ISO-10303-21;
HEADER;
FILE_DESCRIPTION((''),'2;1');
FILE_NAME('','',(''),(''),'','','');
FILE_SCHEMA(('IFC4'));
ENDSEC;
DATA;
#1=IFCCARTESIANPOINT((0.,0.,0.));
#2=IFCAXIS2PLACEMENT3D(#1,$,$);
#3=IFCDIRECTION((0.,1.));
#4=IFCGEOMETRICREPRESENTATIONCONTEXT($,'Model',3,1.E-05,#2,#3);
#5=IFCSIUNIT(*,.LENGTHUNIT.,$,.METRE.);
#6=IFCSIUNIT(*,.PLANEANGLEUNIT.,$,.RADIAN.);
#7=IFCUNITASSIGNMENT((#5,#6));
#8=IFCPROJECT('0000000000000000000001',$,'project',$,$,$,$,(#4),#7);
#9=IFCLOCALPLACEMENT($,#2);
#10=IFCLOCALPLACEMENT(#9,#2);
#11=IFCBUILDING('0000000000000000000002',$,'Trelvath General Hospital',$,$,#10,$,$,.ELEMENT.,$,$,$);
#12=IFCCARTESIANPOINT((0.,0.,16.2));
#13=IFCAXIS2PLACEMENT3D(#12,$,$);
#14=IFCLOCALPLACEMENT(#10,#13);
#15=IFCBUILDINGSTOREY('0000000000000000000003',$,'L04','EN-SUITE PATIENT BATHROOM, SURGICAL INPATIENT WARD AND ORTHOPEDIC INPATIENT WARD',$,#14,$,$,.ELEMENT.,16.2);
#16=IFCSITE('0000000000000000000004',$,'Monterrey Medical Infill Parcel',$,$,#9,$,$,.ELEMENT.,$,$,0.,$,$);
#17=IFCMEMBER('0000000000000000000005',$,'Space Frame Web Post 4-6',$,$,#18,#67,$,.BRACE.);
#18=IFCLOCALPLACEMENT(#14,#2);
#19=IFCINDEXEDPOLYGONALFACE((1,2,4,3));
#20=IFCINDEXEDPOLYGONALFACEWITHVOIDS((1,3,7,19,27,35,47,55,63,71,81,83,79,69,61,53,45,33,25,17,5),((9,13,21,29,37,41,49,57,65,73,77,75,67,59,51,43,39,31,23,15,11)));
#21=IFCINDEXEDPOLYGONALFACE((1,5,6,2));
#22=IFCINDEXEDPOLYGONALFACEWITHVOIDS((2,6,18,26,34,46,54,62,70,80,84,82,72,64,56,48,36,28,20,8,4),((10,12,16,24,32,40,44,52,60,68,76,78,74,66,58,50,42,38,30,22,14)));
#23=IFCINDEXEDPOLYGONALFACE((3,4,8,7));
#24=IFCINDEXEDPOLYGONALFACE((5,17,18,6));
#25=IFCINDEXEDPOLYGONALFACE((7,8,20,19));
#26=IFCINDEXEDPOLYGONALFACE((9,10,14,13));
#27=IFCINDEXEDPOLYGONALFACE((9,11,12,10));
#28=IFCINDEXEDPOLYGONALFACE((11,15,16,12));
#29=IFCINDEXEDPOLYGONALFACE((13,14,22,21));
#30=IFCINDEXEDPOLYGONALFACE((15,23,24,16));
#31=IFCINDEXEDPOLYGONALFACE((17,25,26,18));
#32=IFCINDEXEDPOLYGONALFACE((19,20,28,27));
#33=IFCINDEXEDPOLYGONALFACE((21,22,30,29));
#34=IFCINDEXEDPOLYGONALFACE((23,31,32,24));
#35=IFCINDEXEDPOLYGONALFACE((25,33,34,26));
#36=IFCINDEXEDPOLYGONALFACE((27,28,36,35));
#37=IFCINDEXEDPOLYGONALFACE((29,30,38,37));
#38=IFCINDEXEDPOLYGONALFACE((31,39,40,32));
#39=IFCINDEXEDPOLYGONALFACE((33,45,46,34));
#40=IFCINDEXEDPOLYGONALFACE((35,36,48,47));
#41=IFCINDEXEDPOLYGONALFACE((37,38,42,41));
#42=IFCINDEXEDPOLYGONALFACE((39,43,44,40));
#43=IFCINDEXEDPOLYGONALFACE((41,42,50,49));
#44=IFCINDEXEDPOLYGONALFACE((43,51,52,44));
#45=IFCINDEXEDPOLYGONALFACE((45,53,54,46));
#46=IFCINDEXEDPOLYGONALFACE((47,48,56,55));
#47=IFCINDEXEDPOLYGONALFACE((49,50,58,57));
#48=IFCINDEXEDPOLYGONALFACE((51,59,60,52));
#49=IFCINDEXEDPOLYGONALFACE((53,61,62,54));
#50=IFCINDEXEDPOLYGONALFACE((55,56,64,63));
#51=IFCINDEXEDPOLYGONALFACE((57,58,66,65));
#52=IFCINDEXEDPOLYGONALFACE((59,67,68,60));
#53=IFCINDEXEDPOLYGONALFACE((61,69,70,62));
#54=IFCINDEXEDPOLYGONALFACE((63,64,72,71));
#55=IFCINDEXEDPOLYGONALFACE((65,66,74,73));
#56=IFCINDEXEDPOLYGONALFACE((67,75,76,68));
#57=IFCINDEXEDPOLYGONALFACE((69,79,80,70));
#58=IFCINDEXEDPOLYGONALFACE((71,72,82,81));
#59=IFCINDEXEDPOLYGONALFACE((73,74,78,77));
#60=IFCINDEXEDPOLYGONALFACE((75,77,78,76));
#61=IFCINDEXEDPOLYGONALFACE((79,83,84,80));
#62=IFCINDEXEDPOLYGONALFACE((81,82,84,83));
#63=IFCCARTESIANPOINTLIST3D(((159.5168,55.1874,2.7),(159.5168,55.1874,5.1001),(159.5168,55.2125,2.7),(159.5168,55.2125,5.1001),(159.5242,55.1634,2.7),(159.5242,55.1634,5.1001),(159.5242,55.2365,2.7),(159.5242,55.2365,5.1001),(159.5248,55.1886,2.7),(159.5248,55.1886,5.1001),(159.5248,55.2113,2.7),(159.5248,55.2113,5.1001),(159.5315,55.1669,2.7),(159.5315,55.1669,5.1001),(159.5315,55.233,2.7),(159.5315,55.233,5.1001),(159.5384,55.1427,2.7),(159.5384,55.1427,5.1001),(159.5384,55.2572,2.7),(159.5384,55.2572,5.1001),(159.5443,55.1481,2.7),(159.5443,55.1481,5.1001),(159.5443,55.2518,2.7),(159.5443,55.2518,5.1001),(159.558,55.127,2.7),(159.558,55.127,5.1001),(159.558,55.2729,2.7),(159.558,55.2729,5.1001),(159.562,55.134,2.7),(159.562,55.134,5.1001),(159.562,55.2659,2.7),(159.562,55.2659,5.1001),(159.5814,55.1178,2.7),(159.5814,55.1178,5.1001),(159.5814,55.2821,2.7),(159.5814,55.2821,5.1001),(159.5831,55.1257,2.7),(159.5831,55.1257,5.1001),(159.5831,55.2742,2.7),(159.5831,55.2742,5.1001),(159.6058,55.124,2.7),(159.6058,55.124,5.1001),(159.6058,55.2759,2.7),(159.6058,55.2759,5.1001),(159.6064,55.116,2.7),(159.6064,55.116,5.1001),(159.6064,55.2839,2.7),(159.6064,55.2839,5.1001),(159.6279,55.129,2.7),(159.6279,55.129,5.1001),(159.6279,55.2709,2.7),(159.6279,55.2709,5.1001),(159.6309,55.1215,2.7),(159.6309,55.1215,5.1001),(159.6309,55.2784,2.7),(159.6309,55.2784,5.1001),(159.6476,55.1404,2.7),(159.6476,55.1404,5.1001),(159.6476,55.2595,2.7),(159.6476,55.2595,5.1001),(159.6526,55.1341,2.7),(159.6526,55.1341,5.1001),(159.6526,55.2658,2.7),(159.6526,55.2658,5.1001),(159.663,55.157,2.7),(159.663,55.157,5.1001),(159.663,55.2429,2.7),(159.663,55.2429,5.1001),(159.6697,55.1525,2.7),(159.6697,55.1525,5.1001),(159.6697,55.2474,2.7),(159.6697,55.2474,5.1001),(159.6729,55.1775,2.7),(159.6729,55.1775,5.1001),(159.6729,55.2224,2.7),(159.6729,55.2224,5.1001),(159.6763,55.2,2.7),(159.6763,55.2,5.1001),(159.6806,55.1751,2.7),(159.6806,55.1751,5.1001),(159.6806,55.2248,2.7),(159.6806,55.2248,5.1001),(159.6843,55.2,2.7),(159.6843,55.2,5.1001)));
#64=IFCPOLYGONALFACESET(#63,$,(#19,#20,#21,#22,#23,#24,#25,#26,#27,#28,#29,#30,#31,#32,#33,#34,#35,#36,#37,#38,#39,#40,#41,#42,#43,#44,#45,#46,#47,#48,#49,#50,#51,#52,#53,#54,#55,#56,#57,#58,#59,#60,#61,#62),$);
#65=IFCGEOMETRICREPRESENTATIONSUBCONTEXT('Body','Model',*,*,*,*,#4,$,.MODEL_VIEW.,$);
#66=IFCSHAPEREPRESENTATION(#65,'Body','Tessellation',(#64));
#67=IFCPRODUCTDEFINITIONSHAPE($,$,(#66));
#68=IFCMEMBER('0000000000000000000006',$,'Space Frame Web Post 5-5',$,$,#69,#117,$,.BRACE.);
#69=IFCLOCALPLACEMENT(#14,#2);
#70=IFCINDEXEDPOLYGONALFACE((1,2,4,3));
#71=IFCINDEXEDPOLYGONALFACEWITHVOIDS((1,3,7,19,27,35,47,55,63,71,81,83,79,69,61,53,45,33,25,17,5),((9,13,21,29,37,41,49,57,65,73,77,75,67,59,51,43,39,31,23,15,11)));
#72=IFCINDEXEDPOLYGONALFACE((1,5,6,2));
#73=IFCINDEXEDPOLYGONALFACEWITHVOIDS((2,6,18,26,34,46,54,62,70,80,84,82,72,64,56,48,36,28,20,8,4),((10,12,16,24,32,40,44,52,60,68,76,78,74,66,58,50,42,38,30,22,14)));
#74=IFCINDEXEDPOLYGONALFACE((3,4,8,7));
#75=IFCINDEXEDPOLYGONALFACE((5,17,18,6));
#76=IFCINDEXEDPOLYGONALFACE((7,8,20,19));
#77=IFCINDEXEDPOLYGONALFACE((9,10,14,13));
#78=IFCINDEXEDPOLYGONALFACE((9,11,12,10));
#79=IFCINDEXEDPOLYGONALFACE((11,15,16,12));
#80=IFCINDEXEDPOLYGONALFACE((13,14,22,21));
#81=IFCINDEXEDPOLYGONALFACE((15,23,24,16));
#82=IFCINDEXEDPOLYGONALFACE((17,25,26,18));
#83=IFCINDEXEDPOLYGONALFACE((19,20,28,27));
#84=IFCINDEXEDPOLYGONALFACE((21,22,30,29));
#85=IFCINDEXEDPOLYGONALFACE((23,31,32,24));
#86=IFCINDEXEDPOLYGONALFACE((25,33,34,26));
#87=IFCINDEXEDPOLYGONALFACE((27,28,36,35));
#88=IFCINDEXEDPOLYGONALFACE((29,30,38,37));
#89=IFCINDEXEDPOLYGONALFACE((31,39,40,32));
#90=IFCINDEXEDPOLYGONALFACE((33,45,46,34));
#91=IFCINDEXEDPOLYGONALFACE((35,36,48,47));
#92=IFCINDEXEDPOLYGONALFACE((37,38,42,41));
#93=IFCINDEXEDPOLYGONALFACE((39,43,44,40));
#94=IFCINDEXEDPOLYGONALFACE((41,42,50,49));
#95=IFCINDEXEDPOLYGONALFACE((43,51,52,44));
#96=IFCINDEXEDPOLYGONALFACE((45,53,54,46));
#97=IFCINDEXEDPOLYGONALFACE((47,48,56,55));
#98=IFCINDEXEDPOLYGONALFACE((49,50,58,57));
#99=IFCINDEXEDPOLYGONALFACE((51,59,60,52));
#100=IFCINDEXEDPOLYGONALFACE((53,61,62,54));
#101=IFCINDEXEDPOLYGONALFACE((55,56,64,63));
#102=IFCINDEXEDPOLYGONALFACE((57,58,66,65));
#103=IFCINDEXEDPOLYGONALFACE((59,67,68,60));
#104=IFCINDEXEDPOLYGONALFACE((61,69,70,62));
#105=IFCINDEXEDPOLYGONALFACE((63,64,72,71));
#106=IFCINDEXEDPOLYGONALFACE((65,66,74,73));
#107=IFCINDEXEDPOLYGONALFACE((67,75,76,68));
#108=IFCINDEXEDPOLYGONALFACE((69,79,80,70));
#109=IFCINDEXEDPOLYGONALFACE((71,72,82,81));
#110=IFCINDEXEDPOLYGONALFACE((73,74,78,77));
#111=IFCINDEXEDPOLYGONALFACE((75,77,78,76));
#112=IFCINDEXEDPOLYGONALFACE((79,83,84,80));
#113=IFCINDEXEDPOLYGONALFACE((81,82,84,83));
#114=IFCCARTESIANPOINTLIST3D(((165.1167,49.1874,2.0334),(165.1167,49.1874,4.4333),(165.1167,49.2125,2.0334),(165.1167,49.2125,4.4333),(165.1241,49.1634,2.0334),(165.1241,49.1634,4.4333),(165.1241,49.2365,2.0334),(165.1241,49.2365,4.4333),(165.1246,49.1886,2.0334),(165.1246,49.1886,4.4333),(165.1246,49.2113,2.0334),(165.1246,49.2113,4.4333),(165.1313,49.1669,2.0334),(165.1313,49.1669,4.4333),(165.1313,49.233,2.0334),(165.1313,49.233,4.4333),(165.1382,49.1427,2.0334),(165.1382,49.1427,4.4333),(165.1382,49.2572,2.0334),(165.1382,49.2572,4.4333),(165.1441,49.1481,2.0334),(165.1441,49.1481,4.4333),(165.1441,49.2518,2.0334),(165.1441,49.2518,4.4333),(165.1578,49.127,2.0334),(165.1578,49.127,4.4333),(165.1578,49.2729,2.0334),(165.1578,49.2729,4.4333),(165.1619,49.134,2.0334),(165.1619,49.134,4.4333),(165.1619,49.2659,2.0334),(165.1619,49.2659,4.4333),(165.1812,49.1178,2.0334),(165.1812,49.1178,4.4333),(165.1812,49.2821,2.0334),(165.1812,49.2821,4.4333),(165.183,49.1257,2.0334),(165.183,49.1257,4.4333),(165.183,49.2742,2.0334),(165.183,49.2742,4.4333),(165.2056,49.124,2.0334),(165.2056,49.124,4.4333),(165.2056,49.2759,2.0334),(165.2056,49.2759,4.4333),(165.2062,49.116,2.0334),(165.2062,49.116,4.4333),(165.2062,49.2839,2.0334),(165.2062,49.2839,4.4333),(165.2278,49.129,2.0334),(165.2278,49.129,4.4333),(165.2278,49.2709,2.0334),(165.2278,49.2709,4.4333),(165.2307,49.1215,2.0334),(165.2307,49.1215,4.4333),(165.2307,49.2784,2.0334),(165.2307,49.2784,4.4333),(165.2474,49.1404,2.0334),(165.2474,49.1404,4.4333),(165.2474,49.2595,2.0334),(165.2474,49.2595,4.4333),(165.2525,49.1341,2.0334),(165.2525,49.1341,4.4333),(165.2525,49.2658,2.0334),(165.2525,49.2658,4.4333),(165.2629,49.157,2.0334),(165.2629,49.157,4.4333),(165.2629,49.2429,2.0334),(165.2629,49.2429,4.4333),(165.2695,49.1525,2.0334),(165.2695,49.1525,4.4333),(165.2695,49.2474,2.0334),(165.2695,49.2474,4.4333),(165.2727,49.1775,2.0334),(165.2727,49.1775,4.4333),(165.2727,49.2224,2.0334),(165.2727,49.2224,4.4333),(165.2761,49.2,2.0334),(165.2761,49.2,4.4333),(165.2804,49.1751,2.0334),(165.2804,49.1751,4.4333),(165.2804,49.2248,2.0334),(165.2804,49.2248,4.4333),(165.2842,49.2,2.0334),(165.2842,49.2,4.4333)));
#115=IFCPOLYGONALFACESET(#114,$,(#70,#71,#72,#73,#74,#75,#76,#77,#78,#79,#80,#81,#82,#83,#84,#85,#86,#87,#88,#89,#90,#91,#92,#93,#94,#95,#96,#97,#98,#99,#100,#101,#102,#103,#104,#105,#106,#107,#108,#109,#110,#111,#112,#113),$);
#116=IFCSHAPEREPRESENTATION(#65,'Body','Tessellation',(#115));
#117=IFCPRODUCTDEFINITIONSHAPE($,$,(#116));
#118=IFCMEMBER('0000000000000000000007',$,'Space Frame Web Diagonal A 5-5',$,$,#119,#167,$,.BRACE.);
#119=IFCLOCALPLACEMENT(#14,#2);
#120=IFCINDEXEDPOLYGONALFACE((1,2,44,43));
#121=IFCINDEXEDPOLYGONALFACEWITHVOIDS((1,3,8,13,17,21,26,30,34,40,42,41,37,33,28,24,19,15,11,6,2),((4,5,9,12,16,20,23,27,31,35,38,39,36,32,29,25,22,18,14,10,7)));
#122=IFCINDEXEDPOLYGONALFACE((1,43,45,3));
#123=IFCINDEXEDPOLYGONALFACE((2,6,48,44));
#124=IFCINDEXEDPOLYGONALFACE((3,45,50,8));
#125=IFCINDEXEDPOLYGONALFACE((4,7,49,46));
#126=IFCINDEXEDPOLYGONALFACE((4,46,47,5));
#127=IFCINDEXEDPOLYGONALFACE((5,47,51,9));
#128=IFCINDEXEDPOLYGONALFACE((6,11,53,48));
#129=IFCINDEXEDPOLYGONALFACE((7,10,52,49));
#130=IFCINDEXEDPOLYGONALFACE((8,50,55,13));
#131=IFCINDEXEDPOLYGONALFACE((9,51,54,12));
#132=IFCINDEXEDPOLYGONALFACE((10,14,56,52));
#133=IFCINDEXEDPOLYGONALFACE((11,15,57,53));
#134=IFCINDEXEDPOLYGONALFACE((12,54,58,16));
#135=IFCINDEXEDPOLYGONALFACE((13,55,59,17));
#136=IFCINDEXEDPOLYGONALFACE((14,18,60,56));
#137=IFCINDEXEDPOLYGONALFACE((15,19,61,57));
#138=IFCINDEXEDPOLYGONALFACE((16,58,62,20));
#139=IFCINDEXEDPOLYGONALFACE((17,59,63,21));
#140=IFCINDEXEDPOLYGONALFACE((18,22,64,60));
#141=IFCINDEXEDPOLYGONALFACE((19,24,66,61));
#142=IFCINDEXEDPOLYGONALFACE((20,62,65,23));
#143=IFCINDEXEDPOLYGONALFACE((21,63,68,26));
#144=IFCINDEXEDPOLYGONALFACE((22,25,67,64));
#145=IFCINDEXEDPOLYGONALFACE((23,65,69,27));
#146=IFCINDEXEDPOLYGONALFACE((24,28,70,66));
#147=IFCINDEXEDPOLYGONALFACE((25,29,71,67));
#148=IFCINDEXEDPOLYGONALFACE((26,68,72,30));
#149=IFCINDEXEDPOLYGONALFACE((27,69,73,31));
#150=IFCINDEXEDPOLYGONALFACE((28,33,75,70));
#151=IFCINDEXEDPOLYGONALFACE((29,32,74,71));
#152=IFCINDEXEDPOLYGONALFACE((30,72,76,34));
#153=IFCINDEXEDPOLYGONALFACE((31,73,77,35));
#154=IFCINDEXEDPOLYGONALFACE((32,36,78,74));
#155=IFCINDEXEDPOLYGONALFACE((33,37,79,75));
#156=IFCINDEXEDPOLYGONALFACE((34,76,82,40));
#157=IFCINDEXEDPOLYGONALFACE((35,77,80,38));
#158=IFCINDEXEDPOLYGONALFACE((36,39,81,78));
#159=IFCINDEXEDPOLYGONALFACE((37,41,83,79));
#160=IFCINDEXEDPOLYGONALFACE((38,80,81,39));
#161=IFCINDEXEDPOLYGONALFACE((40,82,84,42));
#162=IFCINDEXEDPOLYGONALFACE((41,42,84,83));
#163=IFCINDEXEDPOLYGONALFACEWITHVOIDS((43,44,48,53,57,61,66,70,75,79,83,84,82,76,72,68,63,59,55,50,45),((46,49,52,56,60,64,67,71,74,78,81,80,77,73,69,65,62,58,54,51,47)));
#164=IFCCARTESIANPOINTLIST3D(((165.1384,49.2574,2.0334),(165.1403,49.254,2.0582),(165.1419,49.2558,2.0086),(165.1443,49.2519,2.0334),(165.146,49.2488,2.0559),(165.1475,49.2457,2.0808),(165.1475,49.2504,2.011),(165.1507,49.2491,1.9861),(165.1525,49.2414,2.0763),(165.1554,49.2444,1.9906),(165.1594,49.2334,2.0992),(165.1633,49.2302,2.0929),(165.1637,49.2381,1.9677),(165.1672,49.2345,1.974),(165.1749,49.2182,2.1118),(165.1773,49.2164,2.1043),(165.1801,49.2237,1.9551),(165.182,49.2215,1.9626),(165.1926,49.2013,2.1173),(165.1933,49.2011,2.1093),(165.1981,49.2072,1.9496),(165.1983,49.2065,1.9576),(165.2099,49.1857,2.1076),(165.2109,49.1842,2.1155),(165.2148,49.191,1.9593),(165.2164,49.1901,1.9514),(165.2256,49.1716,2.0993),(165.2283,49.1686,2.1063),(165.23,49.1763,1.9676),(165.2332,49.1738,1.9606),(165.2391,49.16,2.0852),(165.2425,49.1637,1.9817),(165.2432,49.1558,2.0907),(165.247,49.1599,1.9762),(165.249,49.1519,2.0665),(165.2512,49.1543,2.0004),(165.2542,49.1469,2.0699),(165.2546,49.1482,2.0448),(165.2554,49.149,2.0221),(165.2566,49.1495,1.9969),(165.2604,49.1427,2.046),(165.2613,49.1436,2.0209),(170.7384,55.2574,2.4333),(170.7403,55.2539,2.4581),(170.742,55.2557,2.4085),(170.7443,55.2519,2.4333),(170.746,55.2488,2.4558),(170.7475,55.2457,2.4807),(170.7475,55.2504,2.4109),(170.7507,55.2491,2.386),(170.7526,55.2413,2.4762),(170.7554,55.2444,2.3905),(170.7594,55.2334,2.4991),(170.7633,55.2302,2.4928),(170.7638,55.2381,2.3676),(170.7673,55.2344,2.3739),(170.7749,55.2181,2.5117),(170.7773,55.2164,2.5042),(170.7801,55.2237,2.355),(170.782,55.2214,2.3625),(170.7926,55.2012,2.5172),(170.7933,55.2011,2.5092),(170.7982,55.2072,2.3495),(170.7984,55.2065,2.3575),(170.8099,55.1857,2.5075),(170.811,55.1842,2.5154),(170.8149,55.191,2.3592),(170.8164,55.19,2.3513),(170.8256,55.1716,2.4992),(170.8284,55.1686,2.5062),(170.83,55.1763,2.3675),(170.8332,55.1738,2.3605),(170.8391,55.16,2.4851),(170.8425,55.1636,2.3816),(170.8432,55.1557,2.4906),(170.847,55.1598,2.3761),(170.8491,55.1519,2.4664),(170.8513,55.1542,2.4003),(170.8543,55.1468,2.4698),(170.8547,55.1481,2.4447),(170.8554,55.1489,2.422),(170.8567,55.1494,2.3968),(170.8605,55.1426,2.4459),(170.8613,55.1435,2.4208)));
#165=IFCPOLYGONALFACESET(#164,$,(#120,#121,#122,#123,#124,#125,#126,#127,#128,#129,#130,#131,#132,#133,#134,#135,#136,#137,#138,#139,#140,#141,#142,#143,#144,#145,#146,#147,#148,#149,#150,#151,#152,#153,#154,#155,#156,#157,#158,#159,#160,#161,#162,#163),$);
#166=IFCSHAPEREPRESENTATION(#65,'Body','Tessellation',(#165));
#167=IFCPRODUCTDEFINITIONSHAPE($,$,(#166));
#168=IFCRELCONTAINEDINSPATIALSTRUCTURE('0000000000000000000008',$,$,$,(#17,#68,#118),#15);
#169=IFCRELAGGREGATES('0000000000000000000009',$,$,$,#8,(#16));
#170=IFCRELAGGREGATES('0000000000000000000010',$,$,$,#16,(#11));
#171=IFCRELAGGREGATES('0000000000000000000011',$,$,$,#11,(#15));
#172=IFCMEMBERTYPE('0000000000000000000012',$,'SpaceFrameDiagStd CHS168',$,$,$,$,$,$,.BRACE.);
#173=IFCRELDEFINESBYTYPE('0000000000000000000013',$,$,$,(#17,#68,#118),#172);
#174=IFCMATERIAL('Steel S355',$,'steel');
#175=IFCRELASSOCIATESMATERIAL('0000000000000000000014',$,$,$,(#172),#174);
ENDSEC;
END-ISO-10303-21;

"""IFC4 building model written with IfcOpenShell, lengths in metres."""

from ifc_helpers import new_model, si_unit, direction, frame, origin, origin_2d, place, context, subcontext, project, spatial, hollow_circle, extrude, material, material_profile, profile_set, type_object, element, save


model = new_model("IFC4")

# Units and contexts
model_context = context("Model", 3, precision=1e-05, world=origin(), true_north=direction((0.0, 1.0)))
body_context = subcontext(model_context, "Body", "Model", "MODEL_VIEW")
ifc_project = project(units=[si_unit("LENGTHUNIT", "METRE"), si_unit("PLANEANGLEUNIT", "RADIAN")], contexts=[model_context])

# Site, building, storey
site_placement = place(None, origin())
site = spatial("IfcSite", under=ifc_project, at=site_placement, Name="Monterrey Medical Infill Parcel", CompositionType="ELEMENT", RefElevation=0.0)
building_placement = place(site_placement, origin())
building = spatial("IfcBuilding", under=site, at=building_placement, Name="Trelvath General Hospital", CompositionType="ELEMENT")
storey_placement = place(building_placement, frame((0.0, 0.0, 16.2)))
storey = spatial("IfcBuildingStorey", under=building, at=storey_placement, Name="L04", Description="EN-SUITE PATIENT BATHROOM, SURGICAL INPATIENT WARD AND ORTHOPEDIC INPATIENT WARD", CompositionType="ELEMENT", Elevation=16.2)

# Members
ifc_material_1 = material(Name="Steel S355", Category="steel")
ifc_material_profile_1 = material_profile(ifc_material_1, hollow_circle(Radius=0.0842, WallThickness=0.0081, at=origin_2d()), Name="CHS168.3x8.0")
ifc_profile_set_1 = profile_set([ifc_material_profile_1], Name="Steel S355")
member_type_1 = type_object("IfcMemberType", Name="SpaceFrameDiagStd CHS168", PredefinedType="BRACE", material=ifc_profile_set_1)
member_1_placement = place(storey_placement, frame((159.6001, 55.2, 2.7), z_axis=(0.0, 0.0, 1.0), x_axis=(1.0, 0.0, 0.0)))
element("IfcMember", 1, at=member_1_placement, inside=storey, type_object=member_type_1, Name="Space Frame Web Post 4-6", PredefinedType="BRACE", context=body_context, shape_type="SweptSolid", body=[
    extrude(hollow_circle(Radius=0.0842, WallThickness=0.0081, at=origin_2d()), origin(), (0.0, 0.0, 1.0), 2.4001),
])
member_2_placement = place(storey_placement, frame((165.2, 49.2, 2.0334), z_axis=(0.0, 0.0, 1.0), x_axis=(1.0, 0.0, 0.0)))
element("IfcMember", 2, at=member_2_placement, inside=storey, type_object=member_type_1, Name="Space Frame Web Post 5-5", PredefinedType="BRACE", context=body_context, shape_type="SweptSolid", body=[
    extrude(hollow_circle(Radius=0.0842, WallThickness=0.0081, at=origin_2d()), origin(), (0.0, 0.0, 1.0), 2.3999),
])
member_3_placement = place(storey_placement, frame((165.2, 49.2, 2.0334), z_axis=(0.681516, 0.730183, 0.048667), x_axis=(-0.731049, 0.682325, 0.0)))
element("IfcMember", 3, at=member_3_placement, inside=storey, type_object=member_type_1, Name="Space Frame Web Diagonal A 5-5", PredefinedType="BRACE", context=body_context, shape_type="SweptSolid", body=[
    extrude(hollow_circle(Radius=0.0842, WallThickness=0.0081, at=origin_2d()), origin(), (0.0, 0.0, 1.0), 8.217),
])

save(model, "model.ifc")
